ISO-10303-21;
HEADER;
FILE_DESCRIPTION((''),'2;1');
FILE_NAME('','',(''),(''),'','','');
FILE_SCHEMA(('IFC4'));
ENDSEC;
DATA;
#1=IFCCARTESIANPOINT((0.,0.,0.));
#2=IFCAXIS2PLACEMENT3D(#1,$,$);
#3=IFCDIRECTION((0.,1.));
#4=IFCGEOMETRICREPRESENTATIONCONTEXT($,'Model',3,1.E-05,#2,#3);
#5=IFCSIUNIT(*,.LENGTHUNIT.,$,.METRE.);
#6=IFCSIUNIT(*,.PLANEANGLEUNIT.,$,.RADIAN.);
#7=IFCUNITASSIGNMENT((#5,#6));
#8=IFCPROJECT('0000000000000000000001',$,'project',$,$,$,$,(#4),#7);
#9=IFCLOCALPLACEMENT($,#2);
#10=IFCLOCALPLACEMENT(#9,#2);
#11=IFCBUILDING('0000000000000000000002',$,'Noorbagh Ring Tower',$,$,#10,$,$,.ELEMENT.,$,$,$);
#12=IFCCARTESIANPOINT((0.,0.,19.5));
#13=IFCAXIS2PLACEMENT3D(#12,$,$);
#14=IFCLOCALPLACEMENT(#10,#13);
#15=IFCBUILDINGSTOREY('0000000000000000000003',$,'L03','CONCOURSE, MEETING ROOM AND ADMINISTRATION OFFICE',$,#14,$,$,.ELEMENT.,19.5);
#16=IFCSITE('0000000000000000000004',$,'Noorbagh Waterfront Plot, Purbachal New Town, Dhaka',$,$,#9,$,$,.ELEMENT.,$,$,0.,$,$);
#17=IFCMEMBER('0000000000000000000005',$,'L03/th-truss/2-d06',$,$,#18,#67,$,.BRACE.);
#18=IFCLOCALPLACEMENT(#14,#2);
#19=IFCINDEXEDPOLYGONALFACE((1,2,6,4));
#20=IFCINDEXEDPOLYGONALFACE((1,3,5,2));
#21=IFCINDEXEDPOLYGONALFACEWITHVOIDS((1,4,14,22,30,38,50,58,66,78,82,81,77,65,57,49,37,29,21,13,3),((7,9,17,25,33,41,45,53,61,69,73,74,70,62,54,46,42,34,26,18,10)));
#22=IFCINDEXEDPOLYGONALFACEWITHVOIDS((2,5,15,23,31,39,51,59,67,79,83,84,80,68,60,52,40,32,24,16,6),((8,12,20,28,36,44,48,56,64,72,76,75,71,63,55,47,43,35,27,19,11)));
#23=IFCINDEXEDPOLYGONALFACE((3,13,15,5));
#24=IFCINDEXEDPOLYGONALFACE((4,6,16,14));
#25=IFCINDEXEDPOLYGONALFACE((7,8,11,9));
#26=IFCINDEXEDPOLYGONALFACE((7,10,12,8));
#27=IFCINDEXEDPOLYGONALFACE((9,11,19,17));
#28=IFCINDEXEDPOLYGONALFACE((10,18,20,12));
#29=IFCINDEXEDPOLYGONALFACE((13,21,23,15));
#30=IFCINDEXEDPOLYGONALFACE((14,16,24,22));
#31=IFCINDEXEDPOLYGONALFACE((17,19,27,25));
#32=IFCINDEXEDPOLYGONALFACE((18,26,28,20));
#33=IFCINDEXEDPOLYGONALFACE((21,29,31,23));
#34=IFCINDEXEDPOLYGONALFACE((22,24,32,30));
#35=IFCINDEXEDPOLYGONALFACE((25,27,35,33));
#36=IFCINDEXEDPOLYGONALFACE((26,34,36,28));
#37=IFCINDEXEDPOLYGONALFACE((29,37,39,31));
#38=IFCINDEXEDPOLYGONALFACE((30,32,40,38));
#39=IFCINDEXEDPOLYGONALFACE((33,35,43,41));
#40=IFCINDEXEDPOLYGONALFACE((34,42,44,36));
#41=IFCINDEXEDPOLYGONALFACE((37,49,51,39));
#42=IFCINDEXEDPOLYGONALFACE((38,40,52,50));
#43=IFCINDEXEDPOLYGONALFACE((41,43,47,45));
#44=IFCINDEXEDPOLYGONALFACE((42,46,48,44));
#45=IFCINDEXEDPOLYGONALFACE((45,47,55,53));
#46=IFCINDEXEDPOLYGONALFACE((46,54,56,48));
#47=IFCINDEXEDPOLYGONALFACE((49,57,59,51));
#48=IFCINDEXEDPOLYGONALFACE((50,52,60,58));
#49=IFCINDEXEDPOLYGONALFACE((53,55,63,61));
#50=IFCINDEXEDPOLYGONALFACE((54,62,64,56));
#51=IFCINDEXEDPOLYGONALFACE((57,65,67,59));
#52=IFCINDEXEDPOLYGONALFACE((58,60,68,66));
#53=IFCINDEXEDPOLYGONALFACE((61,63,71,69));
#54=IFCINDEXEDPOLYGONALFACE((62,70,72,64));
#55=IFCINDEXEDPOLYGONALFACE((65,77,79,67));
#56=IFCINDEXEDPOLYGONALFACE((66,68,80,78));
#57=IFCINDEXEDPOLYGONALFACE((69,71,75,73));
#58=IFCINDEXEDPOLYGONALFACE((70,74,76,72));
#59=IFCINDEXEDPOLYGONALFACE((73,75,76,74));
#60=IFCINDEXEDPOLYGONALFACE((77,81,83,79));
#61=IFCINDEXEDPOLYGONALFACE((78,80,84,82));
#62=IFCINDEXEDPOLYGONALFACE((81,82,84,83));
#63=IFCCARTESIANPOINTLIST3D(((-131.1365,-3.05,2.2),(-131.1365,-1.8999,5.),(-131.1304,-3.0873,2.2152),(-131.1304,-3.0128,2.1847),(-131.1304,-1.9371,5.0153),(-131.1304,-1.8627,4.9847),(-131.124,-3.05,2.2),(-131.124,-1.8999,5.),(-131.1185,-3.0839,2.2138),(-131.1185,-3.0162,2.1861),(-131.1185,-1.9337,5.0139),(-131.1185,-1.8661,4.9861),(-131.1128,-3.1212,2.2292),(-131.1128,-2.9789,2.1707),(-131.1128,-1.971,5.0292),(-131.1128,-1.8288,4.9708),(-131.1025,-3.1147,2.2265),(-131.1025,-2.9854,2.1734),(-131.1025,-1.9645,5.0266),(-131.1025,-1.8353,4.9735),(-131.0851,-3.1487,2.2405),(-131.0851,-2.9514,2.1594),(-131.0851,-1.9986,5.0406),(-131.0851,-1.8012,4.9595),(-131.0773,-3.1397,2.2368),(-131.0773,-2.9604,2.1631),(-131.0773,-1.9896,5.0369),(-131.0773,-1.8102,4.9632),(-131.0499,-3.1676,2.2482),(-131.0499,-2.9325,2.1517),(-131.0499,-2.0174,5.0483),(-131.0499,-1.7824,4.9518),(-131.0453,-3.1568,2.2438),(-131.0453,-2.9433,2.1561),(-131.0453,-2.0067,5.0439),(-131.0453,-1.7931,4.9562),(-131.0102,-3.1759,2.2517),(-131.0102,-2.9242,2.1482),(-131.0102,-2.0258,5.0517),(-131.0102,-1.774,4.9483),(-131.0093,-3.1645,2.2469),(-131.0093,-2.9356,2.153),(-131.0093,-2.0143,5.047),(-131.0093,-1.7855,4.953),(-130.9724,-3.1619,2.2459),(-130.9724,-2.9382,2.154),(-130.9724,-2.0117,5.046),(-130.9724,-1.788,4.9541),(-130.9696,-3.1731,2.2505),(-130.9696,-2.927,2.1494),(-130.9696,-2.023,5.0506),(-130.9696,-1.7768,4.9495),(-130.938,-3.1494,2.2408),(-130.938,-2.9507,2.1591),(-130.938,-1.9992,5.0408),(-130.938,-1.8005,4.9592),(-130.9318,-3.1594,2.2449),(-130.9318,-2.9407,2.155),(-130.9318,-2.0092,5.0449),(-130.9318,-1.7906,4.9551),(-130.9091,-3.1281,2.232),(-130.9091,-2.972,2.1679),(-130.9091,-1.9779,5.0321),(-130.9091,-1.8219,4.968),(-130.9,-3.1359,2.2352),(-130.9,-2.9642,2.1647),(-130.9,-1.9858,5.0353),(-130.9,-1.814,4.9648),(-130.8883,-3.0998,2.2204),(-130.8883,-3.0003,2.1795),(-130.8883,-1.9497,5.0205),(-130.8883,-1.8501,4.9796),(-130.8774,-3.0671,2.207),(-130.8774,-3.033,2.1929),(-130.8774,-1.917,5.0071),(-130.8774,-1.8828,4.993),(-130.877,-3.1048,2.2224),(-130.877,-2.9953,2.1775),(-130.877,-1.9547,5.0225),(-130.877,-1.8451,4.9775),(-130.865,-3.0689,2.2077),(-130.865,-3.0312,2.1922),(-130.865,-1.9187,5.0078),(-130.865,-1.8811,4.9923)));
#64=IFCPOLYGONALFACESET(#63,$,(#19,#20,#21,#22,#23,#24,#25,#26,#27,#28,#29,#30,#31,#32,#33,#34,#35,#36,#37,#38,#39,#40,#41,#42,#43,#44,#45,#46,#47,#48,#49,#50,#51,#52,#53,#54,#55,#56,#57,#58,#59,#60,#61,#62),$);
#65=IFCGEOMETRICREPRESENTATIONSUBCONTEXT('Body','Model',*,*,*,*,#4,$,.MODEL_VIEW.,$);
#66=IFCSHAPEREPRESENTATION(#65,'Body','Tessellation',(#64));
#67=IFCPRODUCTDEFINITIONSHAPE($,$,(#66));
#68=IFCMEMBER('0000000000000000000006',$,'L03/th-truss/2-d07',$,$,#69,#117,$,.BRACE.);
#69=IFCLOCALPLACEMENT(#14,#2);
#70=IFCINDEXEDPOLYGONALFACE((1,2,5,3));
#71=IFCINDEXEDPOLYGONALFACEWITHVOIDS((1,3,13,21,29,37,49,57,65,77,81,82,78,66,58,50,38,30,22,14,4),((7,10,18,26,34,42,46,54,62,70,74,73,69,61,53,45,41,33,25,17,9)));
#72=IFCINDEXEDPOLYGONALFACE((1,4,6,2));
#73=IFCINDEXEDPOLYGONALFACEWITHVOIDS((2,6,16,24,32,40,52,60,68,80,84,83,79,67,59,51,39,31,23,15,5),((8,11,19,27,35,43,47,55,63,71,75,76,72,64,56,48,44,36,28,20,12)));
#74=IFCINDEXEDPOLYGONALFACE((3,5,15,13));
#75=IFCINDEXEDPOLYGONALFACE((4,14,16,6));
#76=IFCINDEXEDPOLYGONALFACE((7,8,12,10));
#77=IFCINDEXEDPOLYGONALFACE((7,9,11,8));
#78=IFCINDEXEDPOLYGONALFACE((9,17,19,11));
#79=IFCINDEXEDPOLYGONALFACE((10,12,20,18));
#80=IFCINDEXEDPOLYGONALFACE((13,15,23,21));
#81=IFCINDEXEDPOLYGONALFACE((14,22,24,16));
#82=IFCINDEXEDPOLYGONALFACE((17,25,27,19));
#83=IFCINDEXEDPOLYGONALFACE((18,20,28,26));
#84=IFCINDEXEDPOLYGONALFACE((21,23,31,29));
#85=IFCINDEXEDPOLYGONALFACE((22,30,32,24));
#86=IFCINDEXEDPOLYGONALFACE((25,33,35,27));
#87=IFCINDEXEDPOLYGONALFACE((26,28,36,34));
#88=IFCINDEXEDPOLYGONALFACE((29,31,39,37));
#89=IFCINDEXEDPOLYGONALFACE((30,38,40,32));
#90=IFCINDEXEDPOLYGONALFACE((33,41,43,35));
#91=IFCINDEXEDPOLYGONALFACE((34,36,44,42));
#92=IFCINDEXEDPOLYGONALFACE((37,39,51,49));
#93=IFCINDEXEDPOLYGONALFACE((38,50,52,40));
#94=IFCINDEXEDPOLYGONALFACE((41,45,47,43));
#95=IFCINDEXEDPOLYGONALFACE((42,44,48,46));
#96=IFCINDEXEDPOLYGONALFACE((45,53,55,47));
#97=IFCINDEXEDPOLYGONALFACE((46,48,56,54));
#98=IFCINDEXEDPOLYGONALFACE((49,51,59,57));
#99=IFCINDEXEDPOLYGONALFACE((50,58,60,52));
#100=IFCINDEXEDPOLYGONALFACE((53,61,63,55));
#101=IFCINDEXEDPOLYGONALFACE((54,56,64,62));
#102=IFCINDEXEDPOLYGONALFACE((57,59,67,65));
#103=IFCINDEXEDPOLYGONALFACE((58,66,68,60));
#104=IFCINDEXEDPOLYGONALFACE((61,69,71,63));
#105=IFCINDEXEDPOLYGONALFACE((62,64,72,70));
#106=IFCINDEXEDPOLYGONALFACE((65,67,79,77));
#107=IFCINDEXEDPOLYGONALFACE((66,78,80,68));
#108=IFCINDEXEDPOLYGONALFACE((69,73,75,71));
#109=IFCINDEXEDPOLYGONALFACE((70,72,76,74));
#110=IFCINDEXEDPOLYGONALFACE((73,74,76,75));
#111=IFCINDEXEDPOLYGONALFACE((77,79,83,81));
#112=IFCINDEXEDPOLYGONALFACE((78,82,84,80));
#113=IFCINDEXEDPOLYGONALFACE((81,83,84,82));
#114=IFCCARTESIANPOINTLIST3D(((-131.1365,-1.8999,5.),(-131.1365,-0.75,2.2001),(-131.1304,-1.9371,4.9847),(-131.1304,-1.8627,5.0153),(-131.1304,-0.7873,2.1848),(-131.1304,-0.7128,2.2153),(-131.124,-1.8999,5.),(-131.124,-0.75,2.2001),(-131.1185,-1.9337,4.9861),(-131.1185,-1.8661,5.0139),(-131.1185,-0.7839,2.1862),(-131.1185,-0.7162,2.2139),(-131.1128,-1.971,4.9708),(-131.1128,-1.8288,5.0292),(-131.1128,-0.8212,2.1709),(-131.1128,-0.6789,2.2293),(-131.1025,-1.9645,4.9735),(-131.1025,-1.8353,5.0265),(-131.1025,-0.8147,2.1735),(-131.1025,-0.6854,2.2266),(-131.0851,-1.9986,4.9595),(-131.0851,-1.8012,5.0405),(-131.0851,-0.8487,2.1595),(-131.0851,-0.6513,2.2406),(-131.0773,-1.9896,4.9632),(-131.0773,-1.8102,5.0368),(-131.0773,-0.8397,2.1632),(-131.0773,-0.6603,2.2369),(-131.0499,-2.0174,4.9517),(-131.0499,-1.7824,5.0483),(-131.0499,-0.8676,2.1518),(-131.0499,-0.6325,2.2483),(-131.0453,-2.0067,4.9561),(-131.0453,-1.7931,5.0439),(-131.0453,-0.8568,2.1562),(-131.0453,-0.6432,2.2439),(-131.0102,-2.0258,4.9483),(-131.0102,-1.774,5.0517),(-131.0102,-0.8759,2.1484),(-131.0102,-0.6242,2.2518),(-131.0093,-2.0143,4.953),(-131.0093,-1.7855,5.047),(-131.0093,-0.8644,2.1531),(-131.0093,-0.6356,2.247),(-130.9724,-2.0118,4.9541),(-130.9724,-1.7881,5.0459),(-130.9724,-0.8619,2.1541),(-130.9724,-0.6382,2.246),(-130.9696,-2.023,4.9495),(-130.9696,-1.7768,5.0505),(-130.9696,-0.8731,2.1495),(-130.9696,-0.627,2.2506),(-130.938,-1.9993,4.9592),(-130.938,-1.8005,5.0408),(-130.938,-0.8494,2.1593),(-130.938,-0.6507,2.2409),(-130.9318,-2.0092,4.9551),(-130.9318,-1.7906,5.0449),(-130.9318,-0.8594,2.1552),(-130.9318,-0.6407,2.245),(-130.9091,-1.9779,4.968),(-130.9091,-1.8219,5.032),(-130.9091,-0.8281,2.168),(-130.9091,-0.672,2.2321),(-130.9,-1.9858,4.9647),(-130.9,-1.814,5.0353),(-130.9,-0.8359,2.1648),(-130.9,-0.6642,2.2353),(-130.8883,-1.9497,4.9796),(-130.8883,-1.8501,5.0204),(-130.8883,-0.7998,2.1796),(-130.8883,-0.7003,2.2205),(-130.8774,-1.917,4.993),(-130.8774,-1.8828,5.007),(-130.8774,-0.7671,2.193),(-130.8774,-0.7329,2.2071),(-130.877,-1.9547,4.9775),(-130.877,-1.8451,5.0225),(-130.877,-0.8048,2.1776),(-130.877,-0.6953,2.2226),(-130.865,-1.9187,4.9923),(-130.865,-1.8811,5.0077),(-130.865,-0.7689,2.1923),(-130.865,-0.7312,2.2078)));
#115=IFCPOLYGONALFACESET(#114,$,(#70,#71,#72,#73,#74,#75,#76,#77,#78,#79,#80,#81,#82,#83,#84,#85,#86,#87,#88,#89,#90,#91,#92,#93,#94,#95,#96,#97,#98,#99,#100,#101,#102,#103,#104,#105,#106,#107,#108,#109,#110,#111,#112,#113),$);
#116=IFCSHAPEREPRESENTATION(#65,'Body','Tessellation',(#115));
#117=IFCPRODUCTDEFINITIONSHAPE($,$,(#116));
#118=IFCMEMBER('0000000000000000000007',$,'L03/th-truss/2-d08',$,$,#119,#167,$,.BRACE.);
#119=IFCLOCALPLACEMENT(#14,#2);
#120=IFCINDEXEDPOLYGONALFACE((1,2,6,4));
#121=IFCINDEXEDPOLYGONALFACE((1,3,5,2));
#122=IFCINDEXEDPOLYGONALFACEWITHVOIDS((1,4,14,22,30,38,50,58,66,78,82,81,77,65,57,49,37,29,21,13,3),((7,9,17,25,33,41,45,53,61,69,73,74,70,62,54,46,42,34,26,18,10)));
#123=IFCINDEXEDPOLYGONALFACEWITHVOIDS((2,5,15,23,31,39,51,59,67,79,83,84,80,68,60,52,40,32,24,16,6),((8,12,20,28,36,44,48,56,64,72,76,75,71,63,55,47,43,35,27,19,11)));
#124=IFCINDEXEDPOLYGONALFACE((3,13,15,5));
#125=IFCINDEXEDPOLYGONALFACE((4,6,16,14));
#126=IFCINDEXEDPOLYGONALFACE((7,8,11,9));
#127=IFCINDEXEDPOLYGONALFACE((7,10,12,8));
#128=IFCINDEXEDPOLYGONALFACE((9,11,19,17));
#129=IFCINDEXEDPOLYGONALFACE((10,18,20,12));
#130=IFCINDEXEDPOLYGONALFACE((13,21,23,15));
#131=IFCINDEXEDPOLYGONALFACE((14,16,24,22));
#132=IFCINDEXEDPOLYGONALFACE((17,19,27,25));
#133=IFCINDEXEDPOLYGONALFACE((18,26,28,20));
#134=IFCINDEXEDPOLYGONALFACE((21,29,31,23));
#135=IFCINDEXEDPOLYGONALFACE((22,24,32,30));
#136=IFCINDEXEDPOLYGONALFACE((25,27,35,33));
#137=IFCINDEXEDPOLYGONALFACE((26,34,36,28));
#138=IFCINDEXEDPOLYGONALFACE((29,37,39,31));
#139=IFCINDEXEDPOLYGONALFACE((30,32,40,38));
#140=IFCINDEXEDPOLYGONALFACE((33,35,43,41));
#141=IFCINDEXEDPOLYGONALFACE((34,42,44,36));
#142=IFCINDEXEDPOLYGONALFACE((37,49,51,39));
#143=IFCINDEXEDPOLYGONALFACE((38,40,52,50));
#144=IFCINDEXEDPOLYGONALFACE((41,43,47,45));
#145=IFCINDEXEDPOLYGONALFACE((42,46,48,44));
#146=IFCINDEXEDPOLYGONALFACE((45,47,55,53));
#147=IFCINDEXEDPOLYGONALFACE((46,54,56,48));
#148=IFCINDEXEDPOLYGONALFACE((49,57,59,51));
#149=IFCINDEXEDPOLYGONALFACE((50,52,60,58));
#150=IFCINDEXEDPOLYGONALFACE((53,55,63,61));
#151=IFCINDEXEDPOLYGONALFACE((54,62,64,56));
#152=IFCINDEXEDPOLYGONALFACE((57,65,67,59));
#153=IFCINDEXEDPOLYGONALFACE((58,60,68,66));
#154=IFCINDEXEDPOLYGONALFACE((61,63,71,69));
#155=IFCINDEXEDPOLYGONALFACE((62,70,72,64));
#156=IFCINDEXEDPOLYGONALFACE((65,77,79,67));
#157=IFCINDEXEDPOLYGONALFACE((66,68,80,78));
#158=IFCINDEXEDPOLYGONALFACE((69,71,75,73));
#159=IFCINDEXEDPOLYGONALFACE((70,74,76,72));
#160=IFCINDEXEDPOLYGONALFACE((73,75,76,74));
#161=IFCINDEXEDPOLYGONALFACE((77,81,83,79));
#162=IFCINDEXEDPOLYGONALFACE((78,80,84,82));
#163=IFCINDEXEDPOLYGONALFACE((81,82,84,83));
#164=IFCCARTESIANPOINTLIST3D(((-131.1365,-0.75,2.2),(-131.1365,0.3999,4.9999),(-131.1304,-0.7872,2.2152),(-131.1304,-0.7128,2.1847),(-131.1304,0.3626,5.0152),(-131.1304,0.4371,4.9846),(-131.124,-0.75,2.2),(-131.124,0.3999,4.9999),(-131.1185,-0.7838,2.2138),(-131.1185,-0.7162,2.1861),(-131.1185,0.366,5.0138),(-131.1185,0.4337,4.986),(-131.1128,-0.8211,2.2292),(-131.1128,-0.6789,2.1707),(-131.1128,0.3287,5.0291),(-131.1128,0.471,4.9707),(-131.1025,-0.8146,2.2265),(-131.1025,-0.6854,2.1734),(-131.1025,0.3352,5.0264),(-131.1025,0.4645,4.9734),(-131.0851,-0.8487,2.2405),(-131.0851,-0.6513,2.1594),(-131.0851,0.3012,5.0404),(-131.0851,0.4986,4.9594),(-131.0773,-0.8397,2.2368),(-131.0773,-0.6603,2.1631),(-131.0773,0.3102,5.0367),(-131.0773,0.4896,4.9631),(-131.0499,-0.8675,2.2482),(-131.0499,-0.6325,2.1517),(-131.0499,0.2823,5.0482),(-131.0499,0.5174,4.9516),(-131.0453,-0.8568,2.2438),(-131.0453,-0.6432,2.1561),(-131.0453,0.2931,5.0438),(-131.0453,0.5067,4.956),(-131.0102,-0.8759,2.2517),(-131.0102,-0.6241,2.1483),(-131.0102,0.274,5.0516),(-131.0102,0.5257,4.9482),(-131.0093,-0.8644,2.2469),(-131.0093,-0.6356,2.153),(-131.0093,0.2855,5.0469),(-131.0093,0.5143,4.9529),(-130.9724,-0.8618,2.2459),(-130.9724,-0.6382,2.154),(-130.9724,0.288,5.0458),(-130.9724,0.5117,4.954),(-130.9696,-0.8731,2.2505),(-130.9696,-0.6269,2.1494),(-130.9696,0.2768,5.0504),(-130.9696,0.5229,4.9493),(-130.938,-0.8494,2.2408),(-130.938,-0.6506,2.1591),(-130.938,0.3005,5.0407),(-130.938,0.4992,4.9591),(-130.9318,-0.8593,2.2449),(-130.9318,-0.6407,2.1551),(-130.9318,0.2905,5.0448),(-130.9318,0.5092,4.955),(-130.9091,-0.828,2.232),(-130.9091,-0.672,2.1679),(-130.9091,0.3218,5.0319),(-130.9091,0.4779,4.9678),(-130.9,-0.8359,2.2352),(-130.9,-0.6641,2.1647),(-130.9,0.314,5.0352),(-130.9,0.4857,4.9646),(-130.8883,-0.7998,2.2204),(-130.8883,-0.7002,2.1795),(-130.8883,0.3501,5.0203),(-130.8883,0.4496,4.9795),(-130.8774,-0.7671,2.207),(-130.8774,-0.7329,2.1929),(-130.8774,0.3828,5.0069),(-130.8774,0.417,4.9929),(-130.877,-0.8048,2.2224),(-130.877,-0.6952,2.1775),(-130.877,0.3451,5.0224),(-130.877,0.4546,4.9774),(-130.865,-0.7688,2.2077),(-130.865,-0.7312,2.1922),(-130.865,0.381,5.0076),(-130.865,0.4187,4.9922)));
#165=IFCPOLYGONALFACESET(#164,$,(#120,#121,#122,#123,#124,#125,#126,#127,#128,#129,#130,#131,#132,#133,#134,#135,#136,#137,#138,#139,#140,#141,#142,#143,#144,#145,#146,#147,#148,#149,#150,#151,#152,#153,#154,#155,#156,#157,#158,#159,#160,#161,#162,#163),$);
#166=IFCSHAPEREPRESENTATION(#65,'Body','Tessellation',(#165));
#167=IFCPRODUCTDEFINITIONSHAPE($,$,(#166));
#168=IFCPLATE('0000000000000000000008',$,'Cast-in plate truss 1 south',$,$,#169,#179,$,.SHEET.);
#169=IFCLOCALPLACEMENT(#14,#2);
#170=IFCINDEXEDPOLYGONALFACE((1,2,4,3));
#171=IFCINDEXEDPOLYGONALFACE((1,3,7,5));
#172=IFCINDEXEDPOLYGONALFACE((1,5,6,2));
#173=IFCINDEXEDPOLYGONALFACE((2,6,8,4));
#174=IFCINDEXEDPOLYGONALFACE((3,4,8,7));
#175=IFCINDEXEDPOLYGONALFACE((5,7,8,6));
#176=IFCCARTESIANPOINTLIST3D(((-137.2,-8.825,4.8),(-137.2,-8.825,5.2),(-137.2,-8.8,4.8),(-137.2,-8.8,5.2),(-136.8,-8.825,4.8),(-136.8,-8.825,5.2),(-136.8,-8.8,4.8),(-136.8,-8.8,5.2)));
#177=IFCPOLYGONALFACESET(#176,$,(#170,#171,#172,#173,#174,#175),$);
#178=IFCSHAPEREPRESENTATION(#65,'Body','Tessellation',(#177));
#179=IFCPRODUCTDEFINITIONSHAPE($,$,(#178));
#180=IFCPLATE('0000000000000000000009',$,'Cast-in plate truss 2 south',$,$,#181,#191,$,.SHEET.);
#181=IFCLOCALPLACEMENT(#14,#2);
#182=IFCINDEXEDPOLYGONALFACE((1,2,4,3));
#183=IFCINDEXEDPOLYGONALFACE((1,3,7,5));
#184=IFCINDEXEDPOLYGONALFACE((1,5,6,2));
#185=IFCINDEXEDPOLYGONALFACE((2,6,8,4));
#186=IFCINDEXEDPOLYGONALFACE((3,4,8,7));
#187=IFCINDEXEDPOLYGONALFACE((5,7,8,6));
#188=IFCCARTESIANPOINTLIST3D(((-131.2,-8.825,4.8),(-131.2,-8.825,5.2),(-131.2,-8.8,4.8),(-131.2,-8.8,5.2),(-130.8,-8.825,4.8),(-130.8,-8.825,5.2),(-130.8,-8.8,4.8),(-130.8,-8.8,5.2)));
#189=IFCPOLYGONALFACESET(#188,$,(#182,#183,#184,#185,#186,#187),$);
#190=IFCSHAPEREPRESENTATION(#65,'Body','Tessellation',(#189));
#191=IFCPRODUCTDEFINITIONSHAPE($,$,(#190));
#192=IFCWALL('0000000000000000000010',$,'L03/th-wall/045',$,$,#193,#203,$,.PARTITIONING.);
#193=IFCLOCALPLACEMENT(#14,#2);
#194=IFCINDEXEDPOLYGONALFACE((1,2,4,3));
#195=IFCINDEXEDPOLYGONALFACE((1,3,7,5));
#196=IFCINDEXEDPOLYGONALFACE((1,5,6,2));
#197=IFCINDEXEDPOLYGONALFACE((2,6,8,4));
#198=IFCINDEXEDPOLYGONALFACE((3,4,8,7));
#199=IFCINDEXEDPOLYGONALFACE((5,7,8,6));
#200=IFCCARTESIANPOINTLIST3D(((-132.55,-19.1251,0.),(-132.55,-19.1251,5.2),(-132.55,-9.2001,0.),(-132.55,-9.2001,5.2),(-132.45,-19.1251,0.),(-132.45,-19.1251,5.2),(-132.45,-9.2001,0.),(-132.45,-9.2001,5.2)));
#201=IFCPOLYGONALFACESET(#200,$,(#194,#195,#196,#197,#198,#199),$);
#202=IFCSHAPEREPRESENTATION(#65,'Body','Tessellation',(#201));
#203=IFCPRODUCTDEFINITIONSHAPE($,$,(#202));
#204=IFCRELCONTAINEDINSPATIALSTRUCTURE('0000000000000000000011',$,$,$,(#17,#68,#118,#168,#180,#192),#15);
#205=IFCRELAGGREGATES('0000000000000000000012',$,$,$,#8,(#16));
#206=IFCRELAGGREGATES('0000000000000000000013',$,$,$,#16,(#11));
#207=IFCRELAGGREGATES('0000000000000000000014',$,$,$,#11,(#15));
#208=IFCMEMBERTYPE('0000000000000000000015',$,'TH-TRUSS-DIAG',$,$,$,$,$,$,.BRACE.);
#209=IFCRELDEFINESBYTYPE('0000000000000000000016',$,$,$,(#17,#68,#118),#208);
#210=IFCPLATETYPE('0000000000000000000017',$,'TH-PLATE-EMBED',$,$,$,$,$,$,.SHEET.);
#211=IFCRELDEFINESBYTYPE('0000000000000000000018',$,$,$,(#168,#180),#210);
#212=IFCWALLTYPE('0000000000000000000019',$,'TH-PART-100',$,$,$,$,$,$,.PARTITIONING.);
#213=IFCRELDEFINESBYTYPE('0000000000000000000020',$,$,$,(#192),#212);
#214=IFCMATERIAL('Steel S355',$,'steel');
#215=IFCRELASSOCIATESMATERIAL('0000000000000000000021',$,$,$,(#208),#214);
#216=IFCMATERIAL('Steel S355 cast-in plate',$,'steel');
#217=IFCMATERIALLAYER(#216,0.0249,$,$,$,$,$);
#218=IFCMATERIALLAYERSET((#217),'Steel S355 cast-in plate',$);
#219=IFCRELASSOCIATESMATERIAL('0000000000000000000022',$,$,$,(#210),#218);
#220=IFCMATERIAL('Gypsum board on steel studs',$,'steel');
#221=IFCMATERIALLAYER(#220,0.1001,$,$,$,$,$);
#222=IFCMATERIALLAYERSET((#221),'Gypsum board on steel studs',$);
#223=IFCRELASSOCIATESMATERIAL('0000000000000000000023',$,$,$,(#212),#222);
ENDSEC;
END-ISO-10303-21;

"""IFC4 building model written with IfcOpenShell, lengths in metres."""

from ifc_helpers import new_model, si_unit, direction, frame, frame_2d, origin, origin_2d, place, context, subcontext, project, spatial, rectangle, hollow_circle, extrude, material, layer, layer_set, material_profile, profile_set, type_object, element, save


model = new_model("IFC4")

# Units and contexts
model_context = context("Model", 3, precision=1e-05, world=origin(), true_north=direction((0.0, 1.0)))
body_context = subcontext(model_context, "Body", "Model", "MODEL_VIEW")
ifc_project = project(units=[si_unit("LENGTHUNIT", "METRE"), si_unit("PLANEANGLEUNIT", "RADIAN")], contexts=[model_context])

# Site, building, storey
site_placement = place(None, origin())
site = spatial("IfcSite", under=ifc_project, at=site_placement, Name="Noorbagh Waterfront Plot, Purbachal New Town, Dhaka", CompositionType="ELEMENT", RefElevation=0.0)
building_placement = place(site_placement, origin())
building = spatial("IfcBuilding", under=site, at=building_placement, Name="Noorbagh Ring Tower", CompositionType="ELEMENT")
storey_placement = place(building_placement, frame((0.0, 0.0, 19.5)))
storey = spatial("IfcBuildingStorey", under=building, at=storey_placement, Name="L03", Description="CONCOURSE, MEETING ROOM AND ADMINISTRATION OFFICE", CompositionType="ELEMENT", Elevation=19.5)

# Members
ifc_material_1 = material(Name="Steel S355", Category="steel")
ifc_material_profile_1 = material_profile(ifc_material_1, hollow_circle(Radius=0.1365, WallThickness=0.0125, at=origin_2d()), Name="CHS273x12.5")
ifc_profile_set_1 = profile_set([ifc_material_profile_1], Name="Steel S355")
member_type = type_object("IfcMemberType", Name="TH-TRUSS-DIAG", PredefinedType="BRACE", material=ifc_profile_set_1)
member_1_placement = place(storey_placement, frame((-131.0, -3.05, 2.2), z_axis=(0.0, 0.379955, 0.925005), x_axis=(-1.0, 0.0, 0.0)))
element("IfcMember", 1, at=member_1_placement, inside=storey, type_object=member_type, Name="L03/th-truss/2-d06", PredefinedType="BRACE", context=body_context, shape_type="SweptSolid", body=[
    extrude(hollow_circle(Radius=0.1365, WallThickness=0.0125, at=origin_2d()), origin(), (0.0, 0.0, 1.0), 3.0271),
])
for number, where, z_axis, x_axis, name in (
    (2, (-131.0, -1.8999, 5.0), (0.0, 0.379886, -0.925033), (-1.0, 0.0, 0.0), "L03/th-truss/2-d07"),
    (3, (-131.0, -0.75, 2.2), (0.0, 0.379886, 0.925033), (-1.0, 0.0, 0.0), "L03/th-truss/2-d08"),
):
    element("IfcMember", number, at=place(storey_placement, frame(where, z_axis=z_axis, x_axis=x_axis)), inside=storey, type_object=member_type, Name=name, PredefinedType="BRACE", context=body_context, shape_type="SweptSolid", body=[
        extrude(hollow_circle(Radius=0.1365, WallThickness=0.0125, at=origin_2d()), origin(), (0.0, 0.0, 1.0), 3.0269),
    ])

# Plates
ifc_material_2 = material(Name="Steel S355 cast-in plate", Category="steel")
ifc_layer_1 = layer(ifc_material_2, 0.0249)
ifc_layer_set_1 = layer_set([ifc_layer_1], Name="Steel S355 cast-in plate")
plate_type = type_object("IfcPlateType", Name="TH-PLATE-EMBED", PredefinedType="SHEET", material=ifc_layer_set_1)
for number, where, z_axis, x_axis, name in (
    (4, (-137.0, -8.8125, 4.8), (0.0, 0.0, 1.0), (1.0, 0.0, 0.0), "Cast-in plate truss 1 south"),
    (5, (-131.0, -8.8125, 4.8), (0.0, 0.0, 1.0), (1.0, 0.0, 0.0), "Cast-in plate truss 2 south"),
):
    element("IfcPlate", number, at=place(storey_placement, frame(where, z_axis=z_axis, x_axis=x_axis)), inside=storey, type_object=plate_type, Name=name, PredefinedType="SHEET", context=body_context, shape_type="SweptSolid", body=[
        extrude(rectangle(XDim=0.3999, YDim=0.0249, at=origin_2d()), origin(), (0.0, 0.0, 1.0), 0.3999),
    ])

# Wall
ifc_material_3 = material(Name="Gypsum board on steel studs", Category="steel")
ifc_layer_2 = layer(ifc_material_3, 0.1001)
ifc_layer_set_2 = layer_set([ifc_layer_2], Name="Gypsum board on steel studs")
wall_type_1 = type_object("IfcWallType", Name="TH-PART-100", PredefinedType="PARTITIONING", material=ifc_layer_set_2)
wall_1_placement = place(storey_placement, frame((-132.5, -19.125, 0.0), z_axis=(0.0, 0.0, 1.0), x_axis=(0.0, 1.0, 0.0)))
element("IfcWall", 6, at=wall_1_placement, inside=storey, type_object=wall_type_1, Name="L03/th-wall/045", PredefinedType="PARTITIONING", context=body_context, shape_type="SweptSolid", body=[
    extrude(rectangle(XDim=9.925, YDim=0.1001, at=frame_2d((4.9624, 0.0))), origin(), (0.0, 0.0, 1.0), 5.2),
])

save(model, "model.ifc")
